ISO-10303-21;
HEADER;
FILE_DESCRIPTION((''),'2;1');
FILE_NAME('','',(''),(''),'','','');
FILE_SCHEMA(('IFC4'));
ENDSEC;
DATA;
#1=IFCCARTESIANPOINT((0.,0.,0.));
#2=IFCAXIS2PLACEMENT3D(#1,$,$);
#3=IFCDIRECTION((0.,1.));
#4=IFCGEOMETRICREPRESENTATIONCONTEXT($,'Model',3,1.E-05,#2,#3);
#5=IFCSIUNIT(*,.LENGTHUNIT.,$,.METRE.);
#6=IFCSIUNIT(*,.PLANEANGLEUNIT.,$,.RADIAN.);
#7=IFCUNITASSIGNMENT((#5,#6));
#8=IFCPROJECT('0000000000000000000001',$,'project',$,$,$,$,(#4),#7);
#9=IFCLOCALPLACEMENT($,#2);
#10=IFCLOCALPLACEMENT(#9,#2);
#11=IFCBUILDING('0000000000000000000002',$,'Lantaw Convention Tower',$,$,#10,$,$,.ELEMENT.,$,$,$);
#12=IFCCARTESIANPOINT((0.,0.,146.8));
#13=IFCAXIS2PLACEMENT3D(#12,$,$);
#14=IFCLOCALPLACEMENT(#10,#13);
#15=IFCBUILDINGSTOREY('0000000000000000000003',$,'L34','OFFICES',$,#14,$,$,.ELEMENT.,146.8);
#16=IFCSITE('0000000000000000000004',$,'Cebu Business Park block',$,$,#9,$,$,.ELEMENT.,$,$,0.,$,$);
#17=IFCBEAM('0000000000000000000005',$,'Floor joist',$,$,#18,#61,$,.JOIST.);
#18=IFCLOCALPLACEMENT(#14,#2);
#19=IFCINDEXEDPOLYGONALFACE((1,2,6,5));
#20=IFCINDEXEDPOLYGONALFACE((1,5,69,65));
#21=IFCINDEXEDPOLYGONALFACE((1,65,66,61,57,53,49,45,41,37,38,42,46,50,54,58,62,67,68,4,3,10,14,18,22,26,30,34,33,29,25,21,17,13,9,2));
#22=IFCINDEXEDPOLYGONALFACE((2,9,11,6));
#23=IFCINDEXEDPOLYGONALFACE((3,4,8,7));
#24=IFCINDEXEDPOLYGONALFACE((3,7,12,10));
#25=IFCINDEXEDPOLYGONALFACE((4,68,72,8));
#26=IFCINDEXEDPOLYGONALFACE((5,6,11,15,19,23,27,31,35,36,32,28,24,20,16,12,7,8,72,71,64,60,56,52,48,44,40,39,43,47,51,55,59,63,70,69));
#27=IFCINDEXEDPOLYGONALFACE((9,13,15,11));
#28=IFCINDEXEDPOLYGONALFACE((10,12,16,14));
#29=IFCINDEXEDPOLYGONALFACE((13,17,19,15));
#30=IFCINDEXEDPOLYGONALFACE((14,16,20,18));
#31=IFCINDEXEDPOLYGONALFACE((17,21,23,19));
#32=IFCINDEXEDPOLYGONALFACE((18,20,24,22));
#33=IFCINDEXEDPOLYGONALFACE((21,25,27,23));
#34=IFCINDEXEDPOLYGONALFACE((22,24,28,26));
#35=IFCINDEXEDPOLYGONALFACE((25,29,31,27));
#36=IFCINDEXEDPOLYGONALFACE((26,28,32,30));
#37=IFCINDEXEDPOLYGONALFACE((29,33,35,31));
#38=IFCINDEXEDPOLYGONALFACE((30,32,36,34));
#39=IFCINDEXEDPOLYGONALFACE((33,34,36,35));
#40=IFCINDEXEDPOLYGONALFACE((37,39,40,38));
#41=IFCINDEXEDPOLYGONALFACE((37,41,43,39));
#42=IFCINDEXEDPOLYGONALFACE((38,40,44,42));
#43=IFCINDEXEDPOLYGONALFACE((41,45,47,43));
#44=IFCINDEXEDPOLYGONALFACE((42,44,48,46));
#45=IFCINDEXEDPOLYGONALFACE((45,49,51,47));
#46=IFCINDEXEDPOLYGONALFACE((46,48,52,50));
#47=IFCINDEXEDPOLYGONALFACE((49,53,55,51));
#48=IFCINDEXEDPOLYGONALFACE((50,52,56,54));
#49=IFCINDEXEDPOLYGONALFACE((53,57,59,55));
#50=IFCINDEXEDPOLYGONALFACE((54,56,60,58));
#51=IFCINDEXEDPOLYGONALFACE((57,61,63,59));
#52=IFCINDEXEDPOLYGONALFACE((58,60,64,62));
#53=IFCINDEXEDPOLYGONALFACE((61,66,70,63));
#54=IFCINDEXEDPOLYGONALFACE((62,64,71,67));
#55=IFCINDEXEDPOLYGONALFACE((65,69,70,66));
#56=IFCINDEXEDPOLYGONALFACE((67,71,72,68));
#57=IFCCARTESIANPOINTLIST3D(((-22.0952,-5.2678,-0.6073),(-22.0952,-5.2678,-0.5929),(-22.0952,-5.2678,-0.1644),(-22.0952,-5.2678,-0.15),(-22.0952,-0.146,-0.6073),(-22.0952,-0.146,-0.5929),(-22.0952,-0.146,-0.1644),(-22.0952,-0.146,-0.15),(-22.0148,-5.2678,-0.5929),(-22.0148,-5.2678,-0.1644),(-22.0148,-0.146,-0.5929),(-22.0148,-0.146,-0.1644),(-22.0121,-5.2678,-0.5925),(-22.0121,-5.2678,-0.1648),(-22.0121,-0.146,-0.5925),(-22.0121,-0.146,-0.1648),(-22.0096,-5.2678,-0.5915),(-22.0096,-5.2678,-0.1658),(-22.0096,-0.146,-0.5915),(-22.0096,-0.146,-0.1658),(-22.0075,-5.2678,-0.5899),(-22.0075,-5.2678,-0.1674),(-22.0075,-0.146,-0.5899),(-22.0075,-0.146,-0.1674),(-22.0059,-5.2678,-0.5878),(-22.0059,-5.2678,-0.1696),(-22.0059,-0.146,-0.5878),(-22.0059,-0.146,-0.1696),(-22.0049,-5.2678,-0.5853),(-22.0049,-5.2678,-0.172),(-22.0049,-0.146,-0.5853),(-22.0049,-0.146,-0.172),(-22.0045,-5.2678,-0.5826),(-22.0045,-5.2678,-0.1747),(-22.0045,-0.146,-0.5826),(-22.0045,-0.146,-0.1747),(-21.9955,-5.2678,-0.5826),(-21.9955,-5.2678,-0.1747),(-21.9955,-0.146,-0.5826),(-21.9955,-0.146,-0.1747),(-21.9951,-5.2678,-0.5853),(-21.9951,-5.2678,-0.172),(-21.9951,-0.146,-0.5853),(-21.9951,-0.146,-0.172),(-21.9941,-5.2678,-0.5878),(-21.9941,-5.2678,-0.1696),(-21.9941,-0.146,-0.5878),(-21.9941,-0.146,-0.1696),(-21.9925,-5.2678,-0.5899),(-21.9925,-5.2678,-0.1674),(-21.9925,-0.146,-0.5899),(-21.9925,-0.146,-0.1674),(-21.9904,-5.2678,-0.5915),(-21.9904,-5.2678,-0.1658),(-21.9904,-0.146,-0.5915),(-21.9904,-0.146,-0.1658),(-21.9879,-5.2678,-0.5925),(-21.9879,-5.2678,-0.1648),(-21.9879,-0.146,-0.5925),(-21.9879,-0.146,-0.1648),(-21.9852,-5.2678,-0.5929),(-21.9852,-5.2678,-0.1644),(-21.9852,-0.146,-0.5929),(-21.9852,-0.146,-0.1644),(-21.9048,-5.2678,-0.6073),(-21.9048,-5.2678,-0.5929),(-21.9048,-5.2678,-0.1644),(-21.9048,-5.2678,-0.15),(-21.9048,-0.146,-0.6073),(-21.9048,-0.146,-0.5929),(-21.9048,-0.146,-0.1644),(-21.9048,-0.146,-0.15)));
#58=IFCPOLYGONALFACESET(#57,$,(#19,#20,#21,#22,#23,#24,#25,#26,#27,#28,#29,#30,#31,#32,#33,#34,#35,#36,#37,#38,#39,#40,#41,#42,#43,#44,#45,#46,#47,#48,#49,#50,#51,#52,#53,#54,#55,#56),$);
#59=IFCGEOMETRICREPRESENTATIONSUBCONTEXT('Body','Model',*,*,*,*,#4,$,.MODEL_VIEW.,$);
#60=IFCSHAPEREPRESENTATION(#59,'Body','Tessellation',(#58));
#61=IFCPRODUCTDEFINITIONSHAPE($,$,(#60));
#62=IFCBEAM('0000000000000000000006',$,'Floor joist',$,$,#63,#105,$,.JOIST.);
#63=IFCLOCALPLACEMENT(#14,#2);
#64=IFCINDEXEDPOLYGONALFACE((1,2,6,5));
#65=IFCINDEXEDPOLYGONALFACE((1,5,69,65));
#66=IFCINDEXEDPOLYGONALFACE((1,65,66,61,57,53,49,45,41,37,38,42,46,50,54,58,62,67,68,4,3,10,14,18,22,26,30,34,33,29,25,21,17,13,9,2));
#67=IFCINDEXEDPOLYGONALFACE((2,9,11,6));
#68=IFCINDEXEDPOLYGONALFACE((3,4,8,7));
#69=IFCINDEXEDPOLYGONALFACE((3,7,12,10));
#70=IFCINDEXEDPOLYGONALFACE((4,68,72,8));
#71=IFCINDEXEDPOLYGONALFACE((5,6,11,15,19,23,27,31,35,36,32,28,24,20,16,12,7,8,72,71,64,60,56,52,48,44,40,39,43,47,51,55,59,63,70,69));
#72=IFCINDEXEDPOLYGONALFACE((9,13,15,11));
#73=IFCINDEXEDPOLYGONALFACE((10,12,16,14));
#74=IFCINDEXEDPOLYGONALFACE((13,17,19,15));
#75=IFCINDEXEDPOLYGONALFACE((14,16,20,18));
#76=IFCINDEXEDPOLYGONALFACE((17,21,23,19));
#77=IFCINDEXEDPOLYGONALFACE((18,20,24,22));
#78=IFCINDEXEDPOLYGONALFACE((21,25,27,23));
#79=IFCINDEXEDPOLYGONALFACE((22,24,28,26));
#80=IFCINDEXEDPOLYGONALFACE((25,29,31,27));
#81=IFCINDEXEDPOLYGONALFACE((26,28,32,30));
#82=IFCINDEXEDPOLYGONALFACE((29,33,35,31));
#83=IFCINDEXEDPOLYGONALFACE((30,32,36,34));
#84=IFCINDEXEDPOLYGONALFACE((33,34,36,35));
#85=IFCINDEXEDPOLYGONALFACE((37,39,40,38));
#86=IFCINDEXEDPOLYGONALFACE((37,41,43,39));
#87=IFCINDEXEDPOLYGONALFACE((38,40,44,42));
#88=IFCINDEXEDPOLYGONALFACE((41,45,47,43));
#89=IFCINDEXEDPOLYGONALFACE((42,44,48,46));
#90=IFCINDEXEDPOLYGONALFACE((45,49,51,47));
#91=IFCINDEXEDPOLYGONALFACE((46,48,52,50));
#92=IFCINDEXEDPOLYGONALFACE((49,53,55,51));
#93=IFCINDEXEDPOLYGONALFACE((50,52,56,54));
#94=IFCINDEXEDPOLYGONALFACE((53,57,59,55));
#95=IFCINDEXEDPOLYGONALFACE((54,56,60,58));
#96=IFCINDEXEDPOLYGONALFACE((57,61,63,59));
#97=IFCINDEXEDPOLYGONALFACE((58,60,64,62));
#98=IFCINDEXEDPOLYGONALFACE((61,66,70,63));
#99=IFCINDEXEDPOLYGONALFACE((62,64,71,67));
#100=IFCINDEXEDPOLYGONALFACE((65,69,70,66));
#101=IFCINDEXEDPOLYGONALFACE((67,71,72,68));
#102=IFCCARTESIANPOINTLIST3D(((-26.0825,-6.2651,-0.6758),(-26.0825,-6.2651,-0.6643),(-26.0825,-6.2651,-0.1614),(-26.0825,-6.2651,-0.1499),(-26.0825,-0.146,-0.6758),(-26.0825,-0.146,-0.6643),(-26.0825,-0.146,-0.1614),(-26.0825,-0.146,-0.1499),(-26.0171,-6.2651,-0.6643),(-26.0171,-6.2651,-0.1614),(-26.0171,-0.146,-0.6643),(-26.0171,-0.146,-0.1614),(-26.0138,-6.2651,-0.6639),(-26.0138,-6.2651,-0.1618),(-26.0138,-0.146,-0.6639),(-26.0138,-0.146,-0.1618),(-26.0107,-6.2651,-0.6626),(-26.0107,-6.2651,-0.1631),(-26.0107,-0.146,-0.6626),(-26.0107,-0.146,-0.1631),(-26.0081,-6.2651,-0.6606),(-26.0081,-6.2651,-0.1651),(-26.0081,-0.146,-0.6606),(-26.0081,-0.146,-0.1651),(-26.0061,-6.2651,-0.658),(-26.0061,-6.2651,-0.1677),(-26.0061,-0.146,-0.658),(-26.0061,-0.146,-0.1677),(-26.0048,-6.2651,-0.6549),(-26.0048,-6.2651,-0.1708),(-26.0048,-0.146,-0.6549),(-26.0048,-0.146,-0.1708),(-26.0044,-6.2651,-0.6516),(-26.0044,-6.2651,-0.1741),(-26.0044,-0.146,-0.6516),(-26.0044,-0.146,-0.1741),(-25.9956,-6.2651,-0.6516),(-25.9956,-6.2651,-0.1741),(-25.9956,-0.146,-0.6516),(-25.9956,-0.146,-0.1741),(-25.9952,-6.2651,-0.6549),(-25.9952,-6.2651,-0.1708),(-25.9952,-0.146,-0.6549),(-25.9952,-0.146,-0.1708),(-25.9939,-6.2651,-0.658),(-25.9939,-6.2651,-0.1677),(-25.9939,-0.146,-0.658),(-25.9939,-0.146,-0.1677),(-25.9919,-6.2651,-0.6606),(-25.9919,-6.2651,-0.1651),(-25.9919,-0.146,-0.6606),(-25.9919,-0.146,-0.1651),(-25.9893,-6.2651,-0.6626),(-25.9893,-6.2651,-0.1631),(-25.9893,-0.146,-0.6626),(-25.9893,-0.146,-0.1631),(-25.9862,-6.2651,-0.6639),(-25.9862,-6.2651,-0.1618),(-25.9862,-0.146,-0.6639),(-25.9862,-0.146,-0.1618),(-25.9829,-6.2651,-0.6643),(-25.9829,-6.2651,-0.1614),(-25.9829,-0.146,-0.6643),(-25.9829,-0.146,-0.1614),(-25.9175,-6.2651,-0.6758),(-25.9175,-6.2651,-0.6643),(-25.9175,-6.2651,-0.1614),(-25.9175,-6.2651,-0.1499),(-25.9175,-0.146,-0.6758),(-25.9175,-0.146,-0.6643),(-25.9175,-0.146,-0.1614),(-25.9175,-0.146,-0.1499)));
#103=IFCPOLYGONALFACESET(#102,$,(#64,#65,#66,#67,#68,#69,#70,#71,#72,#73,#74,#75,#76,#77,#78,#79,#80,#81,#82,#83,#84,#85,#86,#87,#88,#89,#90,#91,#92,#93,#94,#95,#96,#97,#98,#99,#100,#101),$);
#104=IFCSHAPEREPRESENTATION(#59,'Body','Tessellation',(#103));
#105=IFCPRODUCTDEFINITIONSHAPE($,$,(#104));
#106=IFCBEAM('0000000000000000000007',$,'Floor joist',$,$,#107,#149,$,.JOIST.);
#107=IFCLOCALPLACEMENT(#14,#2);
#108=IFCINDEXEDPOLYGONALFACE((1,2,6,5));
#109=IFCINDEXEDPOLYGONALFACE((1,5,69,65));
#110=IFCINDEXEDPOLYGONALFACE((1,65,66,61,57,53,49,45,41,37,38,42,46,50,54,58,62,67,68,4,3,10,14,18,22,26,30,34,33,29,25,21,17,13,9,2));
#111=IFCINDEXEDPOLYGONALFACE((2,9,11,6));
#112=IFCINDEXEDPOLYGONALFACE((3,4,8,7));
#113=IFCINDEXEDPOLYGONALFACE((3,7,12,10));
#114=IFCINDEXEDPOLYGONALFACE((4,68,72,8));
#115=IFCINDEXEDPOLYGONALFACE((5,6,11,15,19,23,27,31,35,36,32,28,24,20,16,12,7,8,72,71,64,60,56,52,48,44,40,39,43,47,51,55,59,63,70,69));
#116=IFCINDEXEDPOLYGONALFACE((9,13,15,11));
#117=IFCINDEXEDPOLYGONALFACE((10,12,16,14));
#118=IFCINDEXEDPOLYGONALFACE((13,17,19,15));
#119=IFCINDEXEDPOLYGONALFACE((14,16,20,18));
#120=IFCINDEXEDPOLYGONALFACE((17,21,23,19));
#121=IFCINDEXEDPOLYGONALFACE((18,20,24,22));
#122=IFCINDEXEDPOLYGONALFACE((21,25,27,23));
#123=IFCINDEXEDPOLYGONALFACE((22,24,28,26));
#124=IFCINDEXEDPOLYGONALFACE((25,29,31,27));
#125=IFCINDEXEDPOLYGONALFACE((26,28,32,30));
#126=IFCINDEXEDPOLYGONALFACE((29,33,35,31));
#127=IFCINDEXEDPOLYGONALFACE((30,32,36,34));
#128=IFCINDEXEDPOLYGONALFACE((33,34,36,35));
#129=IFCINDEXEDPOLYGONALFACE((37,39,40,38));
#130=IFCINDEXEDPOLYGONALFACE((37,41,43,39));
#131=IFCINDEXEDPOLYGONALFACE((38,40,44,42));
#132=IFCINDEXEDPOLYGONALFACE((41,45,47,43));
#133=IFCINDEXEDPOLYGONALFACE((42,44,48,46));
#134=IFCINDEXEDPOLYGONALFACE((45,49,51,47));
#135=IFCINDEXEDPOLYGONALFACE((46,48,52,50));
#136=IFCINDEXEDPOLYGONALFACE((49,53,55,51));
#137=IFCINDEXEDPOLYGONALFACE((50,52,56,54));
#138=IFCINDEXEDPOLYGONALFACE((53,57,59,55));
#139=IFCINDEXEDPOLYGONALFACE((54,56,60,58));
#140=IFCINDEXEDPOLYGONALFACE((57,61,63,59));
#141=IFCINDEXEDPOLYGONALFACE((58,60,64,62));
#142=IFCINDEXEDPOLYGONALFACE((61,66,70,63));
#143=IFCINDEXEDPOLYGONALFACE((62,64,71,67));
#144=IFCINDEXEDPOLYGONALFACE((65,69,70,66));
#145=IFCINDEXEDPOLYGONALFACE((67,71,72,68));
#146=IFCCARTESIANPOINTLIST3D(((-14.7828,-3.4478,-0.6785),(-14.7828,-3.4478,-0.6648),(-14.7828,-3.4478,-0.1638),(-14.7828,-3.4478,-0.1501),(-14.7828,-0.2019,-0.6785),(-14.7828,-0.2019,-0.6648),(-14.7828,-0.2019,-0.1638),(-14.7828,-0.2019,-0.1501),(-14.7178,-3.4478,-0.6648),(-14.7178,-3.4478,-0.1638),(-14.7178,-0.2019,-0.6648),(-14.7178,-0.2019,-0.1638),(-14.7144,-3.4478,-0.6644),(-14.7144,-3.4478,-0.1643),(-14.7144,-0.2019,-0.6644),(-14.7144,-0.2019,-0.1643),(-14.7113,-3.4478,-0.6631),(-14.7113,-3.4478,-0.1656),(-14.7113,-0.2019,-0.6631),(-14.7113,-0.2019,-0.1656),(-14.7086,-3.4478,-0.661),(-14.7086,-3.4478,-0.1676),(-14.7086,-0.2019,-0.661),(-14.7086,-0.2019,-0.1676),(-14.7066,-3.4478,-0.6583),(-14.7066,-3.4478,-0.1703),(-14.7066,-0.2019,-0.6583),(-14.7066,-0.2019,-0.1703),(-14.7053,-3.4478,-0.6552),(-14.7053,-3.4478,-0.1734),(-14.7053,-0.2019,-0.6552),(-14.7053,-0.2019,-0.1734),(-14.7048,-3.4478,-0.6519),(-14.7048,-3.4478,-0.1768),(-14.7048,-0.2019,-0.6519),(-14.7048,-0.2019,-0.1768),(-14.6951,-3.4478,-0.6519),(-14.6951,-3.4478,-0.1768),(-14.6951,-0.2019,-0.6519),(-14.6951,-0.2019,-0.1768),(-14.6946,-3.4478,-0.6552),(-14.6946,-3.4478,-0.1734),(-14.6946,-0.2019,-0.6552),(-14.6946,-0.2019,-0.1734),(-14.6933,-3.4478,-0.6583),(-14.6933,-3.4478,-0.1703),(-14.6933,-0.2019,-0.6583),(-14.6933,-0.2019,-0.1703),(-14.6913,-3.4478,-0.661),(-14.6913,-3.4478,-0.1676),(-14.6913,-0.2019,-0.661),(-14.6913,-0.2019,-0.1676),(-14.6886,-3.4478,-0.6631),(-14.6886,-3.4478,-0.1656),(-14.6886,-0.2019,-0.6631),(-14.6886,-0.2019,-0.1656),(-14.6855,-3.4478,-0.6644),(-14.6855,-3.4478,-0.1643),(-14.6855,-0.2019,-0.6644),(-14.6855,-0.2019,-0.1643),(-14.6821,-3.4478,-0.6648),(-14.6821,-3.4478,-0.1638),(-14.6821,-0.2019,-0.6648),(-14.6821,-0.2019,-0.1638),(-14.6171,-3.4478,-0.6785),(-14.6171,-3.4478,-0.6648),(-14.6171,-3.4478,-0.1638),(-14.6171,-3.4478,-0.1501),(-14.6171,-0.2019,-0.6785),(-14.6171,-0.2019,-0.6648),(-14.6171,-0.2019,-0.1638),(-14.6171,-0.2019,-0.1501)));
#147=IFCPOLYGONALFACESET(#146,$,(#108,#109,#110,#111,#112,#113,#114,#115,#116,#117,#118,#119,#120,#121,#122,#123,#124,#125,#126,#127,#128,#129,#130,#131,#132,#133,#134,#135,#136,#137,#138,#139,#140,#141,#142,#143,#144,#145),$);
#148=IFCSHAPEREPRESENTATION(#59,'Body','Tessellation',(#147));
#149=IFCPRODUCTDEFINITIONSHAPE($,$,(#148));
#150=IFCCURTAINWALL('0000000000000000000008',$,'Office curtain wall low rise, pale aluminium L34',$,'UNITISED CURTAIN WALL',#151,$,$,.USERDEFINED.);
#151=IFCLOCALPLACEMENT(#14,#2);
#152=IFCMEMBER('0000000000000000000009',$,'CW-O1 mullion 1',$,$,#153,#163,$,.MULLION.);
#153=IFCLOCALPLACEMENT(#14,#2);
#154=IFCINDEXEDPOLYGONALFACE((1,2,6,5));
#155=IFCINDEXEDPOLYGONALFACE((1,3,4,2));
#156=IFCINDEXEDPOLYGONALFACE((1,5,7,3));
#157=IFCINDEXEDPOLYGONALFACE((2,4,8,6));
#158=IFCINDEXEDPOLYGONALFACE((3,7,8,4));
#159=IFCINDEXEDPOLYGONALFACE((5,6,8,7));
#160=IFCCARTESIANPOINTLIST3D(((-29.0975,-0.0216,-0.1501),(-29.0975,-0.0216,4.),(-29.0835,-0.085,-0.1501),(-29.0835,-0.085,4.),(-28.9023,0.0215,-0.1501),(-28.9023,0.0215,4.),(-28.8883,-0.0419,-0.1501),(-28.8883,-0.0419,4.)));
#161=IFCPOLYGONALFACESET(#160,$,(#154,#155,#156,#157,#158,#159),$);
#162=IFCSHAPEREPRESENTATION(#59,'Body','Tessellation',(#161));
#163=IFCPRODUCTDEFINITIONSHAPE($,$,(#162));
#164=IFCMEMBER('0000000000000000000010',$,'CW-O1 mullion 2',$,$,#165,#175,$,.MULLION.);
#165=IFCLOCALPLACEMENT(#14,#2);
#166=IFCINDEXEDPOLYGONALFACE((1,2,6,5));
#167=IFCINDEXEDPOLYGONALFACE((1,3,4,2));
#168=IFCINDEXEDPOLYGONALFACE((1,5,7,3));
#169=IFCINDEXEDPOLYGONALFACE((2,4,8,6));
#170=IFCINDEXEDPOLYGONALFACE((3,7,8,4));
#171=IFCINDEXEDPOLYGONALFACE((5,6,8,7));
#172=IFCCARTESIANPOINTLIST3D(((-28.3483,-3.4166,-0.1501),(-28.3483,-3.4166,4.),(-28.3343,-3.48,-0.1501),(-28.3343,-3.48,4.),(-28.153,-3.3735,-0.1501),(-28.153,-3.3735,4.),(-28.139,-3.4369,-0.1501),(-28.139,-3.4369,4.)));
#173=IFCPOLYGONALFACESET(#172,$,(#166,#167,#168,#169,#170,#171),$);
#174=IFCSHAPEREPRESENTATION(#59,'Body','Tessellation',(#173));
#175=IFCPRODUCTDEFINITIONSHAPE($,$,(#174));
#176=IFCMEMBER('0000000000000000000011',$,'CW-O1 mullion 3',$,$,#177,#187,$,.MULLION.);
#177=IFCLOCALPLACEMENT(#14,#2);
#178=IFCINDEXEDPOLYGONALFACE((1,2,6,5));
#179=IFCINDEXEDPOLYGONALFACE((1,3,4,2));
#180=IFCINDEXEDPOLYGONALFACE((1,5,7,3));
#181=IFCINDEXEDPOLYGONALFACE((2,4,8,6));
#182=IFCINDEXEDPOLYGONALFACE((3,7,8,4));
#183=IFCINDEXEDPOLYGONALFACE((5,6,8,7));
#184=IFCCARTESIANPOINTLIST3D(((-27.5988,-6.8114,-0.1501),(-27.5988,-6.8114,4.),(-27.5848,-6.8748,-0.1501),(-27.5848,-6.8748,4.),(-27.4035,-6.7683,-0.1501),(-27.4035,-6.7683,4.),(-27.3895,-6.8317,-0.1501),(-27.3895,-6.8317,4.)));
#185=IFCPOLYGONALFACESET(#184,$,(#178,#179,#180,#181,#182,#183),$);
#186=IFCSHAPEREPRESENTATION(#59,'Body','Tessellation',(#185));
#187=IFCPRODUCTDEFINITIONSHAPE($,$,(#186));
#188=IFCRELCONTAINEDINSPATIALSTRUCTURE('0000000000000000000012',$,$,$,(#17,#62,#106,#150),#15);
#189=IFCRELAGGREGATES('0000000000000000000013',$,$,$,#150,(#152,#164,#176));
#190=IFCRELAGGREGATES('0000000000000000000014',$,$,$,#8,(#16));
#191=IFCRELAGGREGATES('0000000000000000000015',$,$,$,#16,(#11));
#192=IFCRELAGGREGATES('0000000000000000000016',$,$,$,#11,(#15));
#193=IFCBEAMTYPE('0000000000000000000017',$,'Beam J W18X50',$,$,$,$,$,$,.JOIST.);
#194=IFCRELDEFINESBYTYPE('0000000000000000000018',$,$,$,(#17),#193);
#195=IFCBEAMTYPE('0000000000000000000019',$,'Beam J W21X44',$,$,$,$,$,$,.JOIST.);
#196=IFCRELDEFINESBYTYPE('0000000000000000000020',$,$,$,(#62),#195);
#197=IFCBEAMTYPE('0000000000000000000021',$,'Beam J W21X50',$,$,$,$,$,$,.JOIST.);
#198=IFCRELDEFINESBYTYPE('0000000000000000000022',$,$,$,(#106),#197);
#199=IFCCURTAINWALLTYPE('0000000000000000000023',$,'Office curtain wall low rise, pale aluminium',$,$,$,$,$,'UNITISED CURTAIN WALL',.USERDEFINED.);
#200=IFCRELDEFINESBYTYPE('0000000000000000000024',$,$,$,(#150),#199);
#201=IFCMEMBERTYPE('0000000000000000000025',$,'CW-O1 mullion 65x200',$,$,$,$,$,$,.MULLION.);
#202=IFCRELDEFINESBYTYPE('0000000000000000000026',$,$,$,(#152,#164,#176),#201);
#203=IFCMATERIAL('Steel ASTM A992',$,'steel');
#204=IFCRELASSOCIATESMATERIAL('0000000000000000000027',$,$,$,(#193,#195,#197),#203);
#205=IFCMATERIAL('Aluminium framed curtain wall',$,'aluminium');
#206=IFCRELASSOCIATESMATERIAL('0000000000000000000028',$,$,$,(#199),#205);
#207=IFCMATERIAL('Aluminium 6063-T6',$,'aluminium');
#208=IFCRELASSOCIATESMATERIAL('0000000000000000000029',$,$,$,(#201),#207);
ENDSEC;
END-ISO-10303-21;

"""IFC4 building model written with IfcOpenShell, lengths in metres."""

from ifc_helpers import new_model, si_unit, direction, frame, origin, origin_2d, place, context, subcontext, project, spatial, rectangle, i_section, extrude, material, material_profile, profile_set, type_object, element, aggregate, save


model = new_model("IFC4")

# Units and contexts
model_context = context("Model", 3, precision=1e-05, world=origin(), true_north=direction((0.0, 1.0)))
body_context = subcontext(model_context, "Body", "Model", "MODEL_VIEW")
ifc_project = project(units=[si_unit("LENGTHUNIT", "METRE"), si_unit("PLANEANGLEUNIT", "RADIAN")], contexts=[model_context])

# Site, building, storey
site_placement = place(None, origin())
site = spatial("IfcSite", under=ifc_project, at=site_placement, Name="Cebu Business Park block", CompositionType="ELEMENT", RefElevation=0.0)
building_placement = place(site_placement, origin())
building = spatial("IfcBuilding", under=site, at=building_placement, Name="Lantaw Convention Tower", CompositionType="ELEMENT")
storey_placement = place(building_placement, frame((0.0, 0.0, 146.8)))
storey = spatial("IfcBuildingStorey", under=building, at=storey_placement, Name="L34", Description="OFFICES", CompositionType="ELEMENT", Elevation=146.8)

# Beams
ifc_material_1 = material(Name="Steel ASTM A992", Category="steel")
ifc_material_profile_1 = material_profile(ifc_material_1, i_section(OverallWidth=0.1904, OverallDepth=0.4573, WebThickness=0.009, FlangeThickness=0.0144, FilletRadius=0.0103, at=origin_2d()), Name="W18X50")
ifc_profile_set_1 = profile_set([ifc_material_profile_1], Name="Steel ASTM A992")
beam_type_1 = type_object("IfcBeamType", Name="Beam J W18X50", PredefinedType="JOIST", material=ifc_profile_set_1)
beam_1_placement = place(storey_placement, frame((-22.0, -5.2678, -0.3787), z_axis=(0.0, 1.0, 0.0), x_axis=(-1.0, 0.0, 0.0)))
element("IfcBeam", 1, at=beam_1_placement, inside=storey, type_object=beam_type_1, Name="Floor joist", PredefinedType="JOIST", context=body_context, shape_type="SweptSolid", body=[
    extrude(i_section(OverallWidth=0.1904, OverallDepth=0.4573, WebThickness=0.009, FlangeThickness=0.0144, FilletRadius=0.0103, at=origin_2d()), origin(), (0.0, 0.0, 1.0), 5.1218),
])
ifc_material_profile_2 = material_profile(ifc_material_1, i_section(OverallWidth=0.165, OverallDepth=0.5259, WebThickness=0.0088, FlangeThickness=0.0115, FilletRadius=0.0127, at=origin_2d()), Name="W21X44")
ifc_profile_set_2 = profile_set([ifc_material_profile_2], Name="Steel ASTM A992")
beam_type_2 = type_object("IfcBeamType", Name="Beam J W21X44", PredefinedType="JOIST", material=ifc_profile_set_2)
beam_2_placement = place(storey_placement, frame((-26.0, -6.2651, -0.4128), z_axis=(0.0, 1.0, 0.0), x_axis=(-1.0, 0.0, 0.0)))
element("IfcBeam", 2, at=beam_2_placement, inside=storey, type_object=beam_type_2, Name="Floor joist", PredefinedType="JOIST", context=body_context, shape_type="SweptSolid", body=[
    extrude(i_section(OverallWidth=0.165, OverallDepth=0.5259, WebThickness=0.0088, FlangeThickness=0.0115, FilletRadius=0.0127, at=origin_2d()), origin(), (0.0, 0.0, 1.0), 6.1191),
])
ifc_material_profile_3 = material_profile(ifc_material_1, i_section(OverallWidth=0.1658, OverallDepth=0.5283, WebThickness=0.0098, FlangeThickness=0.0137, FilletRadius=0.0129, at=origin_2d()), Name="W21X50")
ifc_profile_set_3 = profile_set([ifc_material_profile_3], Name="Steel ASTM A992")
beam_type_3 = type_object("IfcBeamType", Name="Beam J W21X50", PredefinedType="JOIST", material=ifc_profile_set_3)
beam_3_placement = place(storey_placement, frame((-14.7, -3.4478, -0.4143), z_axis=(0.0, 1.0, 0.0), x_axis=(-1.0, 0.0, 0.0)))
element("IfcBeam", 3, at=beam_3_placement, inside=storey, type_object=beam_type_3, Name="Floor joist", PredefinedType="JOIST", context=body_context, shape_type="SweptSolid", body=[
    extrude(i_section(OverallWidth=0.1658, OverallDepth=0.5283, WebThickness=0.0098, FlangeThickness=0.0137, FilletRadius=0.0129, at=origin_2d()), origin(), (0.0, 0.0, 1.0), 3.2458),
])

# Curtain wall, members
ifc_material_2 = material(Name="Aluminium framed curtain wall", Category="aluminium")
curtain_wall_type = type_object("IfcCurtainWallType", Name="Office curtain wall low rise, pale aluminium", ElementType="UNITISED CURTAIN WALL", PredefinedType="USERDEFINED", material=ifc_material_2)
curtain_wall_1_placement = place(storey_placement, origin())
curtain_wall_1 = element("IfcCurtainWall", 4, at=curtain_wall_1_placement, inside=storey, type_object=curtain_wall_type, Name="Office curtain wall low rise, pale aluminium L34", ObjectType="UNITISED CURTAIN WALL", PredefinedType="USERDEFINED")
ifc_material_3 = material(Name="Aluminium 6063-T6", Category="aluminium")
ifc_material_profile_4 = material_profile(ifc_material_3, rectangle(XDim=0.2, YDim=0.0649, at=origin_2d()), Name="CW-O1 mullion 65x200")
ifc_profile_set_4 = profile_set([ifc_material_profile_4], Name="Aluminium 6063-T6")
member_type_1 = type_object("IfcMemberType", Name="CW-O1 mullion 65x200", PredefinedType="MULLION", material=ifc_profile_set_4)
member_1_placement = place(storey_placement, frame((-28.9929, -0.0317, -0.1501), z_axis=(0.0, 0.0, 1.0), x_axis=(0.976494, 0.215546, 0.0)))
member_1 = element("IfcMember", 5, at=member_1_placement, type_object=member_type_1, Name="CW-O1 mullion 1", PredefinedType="MULLION", context=body_context, shape_type="SweptSolid", body=[
    extrude(rectangle(XDim=0.2, YDim=0.0649, at=origin_2d()), origin(), (0.0, 0.0, 1.0), 4.1501),
])
member_2_placement = place(storey_placement, frame((-28.2437, -3.4268, -0.1501), z_axis=(0.0, 0.0, 1.0), x_axis=(0.976494, 0.215546, 0.0)))
member_2 = element("IfcMember", 6, at=member_2_placement, type_object=member_type_1, Name="CW-O1 mullion 2", PredefinedType="MULLION", context=body_context, shape_type="SweptSolid", body=[
    extrude(rectangle(XDim=0.2, YDim=0.0649, at=origin_2d()), origin(), (0.0, 0.0, 1.0), 4.1501),
])
member_3_placement = place(storey_placement, frame((-27.4941, -6.8215, -0.1501), z_axis=(0.0, 0.0, 1.0), x_axis=(0.976494, 0.215546, 0.0)))
member_3 = element("IfcMember", 7, at=member_3_placement, type_object=member_type_1, Name="CW-O1 mullion 3", PredefinedType="MULLION", context=body_context, shape_type="SweptSolid", body=[
    extrude(rectangle(XDim=0.2, YDim=0.0649, at=origin_2d()), origin(), (0.0, 0.0, 1.0), 4.1501),
])

aggregate(curtain_wall_1, [member_1, member_2, member_3])

save(model, "model.ifc")
